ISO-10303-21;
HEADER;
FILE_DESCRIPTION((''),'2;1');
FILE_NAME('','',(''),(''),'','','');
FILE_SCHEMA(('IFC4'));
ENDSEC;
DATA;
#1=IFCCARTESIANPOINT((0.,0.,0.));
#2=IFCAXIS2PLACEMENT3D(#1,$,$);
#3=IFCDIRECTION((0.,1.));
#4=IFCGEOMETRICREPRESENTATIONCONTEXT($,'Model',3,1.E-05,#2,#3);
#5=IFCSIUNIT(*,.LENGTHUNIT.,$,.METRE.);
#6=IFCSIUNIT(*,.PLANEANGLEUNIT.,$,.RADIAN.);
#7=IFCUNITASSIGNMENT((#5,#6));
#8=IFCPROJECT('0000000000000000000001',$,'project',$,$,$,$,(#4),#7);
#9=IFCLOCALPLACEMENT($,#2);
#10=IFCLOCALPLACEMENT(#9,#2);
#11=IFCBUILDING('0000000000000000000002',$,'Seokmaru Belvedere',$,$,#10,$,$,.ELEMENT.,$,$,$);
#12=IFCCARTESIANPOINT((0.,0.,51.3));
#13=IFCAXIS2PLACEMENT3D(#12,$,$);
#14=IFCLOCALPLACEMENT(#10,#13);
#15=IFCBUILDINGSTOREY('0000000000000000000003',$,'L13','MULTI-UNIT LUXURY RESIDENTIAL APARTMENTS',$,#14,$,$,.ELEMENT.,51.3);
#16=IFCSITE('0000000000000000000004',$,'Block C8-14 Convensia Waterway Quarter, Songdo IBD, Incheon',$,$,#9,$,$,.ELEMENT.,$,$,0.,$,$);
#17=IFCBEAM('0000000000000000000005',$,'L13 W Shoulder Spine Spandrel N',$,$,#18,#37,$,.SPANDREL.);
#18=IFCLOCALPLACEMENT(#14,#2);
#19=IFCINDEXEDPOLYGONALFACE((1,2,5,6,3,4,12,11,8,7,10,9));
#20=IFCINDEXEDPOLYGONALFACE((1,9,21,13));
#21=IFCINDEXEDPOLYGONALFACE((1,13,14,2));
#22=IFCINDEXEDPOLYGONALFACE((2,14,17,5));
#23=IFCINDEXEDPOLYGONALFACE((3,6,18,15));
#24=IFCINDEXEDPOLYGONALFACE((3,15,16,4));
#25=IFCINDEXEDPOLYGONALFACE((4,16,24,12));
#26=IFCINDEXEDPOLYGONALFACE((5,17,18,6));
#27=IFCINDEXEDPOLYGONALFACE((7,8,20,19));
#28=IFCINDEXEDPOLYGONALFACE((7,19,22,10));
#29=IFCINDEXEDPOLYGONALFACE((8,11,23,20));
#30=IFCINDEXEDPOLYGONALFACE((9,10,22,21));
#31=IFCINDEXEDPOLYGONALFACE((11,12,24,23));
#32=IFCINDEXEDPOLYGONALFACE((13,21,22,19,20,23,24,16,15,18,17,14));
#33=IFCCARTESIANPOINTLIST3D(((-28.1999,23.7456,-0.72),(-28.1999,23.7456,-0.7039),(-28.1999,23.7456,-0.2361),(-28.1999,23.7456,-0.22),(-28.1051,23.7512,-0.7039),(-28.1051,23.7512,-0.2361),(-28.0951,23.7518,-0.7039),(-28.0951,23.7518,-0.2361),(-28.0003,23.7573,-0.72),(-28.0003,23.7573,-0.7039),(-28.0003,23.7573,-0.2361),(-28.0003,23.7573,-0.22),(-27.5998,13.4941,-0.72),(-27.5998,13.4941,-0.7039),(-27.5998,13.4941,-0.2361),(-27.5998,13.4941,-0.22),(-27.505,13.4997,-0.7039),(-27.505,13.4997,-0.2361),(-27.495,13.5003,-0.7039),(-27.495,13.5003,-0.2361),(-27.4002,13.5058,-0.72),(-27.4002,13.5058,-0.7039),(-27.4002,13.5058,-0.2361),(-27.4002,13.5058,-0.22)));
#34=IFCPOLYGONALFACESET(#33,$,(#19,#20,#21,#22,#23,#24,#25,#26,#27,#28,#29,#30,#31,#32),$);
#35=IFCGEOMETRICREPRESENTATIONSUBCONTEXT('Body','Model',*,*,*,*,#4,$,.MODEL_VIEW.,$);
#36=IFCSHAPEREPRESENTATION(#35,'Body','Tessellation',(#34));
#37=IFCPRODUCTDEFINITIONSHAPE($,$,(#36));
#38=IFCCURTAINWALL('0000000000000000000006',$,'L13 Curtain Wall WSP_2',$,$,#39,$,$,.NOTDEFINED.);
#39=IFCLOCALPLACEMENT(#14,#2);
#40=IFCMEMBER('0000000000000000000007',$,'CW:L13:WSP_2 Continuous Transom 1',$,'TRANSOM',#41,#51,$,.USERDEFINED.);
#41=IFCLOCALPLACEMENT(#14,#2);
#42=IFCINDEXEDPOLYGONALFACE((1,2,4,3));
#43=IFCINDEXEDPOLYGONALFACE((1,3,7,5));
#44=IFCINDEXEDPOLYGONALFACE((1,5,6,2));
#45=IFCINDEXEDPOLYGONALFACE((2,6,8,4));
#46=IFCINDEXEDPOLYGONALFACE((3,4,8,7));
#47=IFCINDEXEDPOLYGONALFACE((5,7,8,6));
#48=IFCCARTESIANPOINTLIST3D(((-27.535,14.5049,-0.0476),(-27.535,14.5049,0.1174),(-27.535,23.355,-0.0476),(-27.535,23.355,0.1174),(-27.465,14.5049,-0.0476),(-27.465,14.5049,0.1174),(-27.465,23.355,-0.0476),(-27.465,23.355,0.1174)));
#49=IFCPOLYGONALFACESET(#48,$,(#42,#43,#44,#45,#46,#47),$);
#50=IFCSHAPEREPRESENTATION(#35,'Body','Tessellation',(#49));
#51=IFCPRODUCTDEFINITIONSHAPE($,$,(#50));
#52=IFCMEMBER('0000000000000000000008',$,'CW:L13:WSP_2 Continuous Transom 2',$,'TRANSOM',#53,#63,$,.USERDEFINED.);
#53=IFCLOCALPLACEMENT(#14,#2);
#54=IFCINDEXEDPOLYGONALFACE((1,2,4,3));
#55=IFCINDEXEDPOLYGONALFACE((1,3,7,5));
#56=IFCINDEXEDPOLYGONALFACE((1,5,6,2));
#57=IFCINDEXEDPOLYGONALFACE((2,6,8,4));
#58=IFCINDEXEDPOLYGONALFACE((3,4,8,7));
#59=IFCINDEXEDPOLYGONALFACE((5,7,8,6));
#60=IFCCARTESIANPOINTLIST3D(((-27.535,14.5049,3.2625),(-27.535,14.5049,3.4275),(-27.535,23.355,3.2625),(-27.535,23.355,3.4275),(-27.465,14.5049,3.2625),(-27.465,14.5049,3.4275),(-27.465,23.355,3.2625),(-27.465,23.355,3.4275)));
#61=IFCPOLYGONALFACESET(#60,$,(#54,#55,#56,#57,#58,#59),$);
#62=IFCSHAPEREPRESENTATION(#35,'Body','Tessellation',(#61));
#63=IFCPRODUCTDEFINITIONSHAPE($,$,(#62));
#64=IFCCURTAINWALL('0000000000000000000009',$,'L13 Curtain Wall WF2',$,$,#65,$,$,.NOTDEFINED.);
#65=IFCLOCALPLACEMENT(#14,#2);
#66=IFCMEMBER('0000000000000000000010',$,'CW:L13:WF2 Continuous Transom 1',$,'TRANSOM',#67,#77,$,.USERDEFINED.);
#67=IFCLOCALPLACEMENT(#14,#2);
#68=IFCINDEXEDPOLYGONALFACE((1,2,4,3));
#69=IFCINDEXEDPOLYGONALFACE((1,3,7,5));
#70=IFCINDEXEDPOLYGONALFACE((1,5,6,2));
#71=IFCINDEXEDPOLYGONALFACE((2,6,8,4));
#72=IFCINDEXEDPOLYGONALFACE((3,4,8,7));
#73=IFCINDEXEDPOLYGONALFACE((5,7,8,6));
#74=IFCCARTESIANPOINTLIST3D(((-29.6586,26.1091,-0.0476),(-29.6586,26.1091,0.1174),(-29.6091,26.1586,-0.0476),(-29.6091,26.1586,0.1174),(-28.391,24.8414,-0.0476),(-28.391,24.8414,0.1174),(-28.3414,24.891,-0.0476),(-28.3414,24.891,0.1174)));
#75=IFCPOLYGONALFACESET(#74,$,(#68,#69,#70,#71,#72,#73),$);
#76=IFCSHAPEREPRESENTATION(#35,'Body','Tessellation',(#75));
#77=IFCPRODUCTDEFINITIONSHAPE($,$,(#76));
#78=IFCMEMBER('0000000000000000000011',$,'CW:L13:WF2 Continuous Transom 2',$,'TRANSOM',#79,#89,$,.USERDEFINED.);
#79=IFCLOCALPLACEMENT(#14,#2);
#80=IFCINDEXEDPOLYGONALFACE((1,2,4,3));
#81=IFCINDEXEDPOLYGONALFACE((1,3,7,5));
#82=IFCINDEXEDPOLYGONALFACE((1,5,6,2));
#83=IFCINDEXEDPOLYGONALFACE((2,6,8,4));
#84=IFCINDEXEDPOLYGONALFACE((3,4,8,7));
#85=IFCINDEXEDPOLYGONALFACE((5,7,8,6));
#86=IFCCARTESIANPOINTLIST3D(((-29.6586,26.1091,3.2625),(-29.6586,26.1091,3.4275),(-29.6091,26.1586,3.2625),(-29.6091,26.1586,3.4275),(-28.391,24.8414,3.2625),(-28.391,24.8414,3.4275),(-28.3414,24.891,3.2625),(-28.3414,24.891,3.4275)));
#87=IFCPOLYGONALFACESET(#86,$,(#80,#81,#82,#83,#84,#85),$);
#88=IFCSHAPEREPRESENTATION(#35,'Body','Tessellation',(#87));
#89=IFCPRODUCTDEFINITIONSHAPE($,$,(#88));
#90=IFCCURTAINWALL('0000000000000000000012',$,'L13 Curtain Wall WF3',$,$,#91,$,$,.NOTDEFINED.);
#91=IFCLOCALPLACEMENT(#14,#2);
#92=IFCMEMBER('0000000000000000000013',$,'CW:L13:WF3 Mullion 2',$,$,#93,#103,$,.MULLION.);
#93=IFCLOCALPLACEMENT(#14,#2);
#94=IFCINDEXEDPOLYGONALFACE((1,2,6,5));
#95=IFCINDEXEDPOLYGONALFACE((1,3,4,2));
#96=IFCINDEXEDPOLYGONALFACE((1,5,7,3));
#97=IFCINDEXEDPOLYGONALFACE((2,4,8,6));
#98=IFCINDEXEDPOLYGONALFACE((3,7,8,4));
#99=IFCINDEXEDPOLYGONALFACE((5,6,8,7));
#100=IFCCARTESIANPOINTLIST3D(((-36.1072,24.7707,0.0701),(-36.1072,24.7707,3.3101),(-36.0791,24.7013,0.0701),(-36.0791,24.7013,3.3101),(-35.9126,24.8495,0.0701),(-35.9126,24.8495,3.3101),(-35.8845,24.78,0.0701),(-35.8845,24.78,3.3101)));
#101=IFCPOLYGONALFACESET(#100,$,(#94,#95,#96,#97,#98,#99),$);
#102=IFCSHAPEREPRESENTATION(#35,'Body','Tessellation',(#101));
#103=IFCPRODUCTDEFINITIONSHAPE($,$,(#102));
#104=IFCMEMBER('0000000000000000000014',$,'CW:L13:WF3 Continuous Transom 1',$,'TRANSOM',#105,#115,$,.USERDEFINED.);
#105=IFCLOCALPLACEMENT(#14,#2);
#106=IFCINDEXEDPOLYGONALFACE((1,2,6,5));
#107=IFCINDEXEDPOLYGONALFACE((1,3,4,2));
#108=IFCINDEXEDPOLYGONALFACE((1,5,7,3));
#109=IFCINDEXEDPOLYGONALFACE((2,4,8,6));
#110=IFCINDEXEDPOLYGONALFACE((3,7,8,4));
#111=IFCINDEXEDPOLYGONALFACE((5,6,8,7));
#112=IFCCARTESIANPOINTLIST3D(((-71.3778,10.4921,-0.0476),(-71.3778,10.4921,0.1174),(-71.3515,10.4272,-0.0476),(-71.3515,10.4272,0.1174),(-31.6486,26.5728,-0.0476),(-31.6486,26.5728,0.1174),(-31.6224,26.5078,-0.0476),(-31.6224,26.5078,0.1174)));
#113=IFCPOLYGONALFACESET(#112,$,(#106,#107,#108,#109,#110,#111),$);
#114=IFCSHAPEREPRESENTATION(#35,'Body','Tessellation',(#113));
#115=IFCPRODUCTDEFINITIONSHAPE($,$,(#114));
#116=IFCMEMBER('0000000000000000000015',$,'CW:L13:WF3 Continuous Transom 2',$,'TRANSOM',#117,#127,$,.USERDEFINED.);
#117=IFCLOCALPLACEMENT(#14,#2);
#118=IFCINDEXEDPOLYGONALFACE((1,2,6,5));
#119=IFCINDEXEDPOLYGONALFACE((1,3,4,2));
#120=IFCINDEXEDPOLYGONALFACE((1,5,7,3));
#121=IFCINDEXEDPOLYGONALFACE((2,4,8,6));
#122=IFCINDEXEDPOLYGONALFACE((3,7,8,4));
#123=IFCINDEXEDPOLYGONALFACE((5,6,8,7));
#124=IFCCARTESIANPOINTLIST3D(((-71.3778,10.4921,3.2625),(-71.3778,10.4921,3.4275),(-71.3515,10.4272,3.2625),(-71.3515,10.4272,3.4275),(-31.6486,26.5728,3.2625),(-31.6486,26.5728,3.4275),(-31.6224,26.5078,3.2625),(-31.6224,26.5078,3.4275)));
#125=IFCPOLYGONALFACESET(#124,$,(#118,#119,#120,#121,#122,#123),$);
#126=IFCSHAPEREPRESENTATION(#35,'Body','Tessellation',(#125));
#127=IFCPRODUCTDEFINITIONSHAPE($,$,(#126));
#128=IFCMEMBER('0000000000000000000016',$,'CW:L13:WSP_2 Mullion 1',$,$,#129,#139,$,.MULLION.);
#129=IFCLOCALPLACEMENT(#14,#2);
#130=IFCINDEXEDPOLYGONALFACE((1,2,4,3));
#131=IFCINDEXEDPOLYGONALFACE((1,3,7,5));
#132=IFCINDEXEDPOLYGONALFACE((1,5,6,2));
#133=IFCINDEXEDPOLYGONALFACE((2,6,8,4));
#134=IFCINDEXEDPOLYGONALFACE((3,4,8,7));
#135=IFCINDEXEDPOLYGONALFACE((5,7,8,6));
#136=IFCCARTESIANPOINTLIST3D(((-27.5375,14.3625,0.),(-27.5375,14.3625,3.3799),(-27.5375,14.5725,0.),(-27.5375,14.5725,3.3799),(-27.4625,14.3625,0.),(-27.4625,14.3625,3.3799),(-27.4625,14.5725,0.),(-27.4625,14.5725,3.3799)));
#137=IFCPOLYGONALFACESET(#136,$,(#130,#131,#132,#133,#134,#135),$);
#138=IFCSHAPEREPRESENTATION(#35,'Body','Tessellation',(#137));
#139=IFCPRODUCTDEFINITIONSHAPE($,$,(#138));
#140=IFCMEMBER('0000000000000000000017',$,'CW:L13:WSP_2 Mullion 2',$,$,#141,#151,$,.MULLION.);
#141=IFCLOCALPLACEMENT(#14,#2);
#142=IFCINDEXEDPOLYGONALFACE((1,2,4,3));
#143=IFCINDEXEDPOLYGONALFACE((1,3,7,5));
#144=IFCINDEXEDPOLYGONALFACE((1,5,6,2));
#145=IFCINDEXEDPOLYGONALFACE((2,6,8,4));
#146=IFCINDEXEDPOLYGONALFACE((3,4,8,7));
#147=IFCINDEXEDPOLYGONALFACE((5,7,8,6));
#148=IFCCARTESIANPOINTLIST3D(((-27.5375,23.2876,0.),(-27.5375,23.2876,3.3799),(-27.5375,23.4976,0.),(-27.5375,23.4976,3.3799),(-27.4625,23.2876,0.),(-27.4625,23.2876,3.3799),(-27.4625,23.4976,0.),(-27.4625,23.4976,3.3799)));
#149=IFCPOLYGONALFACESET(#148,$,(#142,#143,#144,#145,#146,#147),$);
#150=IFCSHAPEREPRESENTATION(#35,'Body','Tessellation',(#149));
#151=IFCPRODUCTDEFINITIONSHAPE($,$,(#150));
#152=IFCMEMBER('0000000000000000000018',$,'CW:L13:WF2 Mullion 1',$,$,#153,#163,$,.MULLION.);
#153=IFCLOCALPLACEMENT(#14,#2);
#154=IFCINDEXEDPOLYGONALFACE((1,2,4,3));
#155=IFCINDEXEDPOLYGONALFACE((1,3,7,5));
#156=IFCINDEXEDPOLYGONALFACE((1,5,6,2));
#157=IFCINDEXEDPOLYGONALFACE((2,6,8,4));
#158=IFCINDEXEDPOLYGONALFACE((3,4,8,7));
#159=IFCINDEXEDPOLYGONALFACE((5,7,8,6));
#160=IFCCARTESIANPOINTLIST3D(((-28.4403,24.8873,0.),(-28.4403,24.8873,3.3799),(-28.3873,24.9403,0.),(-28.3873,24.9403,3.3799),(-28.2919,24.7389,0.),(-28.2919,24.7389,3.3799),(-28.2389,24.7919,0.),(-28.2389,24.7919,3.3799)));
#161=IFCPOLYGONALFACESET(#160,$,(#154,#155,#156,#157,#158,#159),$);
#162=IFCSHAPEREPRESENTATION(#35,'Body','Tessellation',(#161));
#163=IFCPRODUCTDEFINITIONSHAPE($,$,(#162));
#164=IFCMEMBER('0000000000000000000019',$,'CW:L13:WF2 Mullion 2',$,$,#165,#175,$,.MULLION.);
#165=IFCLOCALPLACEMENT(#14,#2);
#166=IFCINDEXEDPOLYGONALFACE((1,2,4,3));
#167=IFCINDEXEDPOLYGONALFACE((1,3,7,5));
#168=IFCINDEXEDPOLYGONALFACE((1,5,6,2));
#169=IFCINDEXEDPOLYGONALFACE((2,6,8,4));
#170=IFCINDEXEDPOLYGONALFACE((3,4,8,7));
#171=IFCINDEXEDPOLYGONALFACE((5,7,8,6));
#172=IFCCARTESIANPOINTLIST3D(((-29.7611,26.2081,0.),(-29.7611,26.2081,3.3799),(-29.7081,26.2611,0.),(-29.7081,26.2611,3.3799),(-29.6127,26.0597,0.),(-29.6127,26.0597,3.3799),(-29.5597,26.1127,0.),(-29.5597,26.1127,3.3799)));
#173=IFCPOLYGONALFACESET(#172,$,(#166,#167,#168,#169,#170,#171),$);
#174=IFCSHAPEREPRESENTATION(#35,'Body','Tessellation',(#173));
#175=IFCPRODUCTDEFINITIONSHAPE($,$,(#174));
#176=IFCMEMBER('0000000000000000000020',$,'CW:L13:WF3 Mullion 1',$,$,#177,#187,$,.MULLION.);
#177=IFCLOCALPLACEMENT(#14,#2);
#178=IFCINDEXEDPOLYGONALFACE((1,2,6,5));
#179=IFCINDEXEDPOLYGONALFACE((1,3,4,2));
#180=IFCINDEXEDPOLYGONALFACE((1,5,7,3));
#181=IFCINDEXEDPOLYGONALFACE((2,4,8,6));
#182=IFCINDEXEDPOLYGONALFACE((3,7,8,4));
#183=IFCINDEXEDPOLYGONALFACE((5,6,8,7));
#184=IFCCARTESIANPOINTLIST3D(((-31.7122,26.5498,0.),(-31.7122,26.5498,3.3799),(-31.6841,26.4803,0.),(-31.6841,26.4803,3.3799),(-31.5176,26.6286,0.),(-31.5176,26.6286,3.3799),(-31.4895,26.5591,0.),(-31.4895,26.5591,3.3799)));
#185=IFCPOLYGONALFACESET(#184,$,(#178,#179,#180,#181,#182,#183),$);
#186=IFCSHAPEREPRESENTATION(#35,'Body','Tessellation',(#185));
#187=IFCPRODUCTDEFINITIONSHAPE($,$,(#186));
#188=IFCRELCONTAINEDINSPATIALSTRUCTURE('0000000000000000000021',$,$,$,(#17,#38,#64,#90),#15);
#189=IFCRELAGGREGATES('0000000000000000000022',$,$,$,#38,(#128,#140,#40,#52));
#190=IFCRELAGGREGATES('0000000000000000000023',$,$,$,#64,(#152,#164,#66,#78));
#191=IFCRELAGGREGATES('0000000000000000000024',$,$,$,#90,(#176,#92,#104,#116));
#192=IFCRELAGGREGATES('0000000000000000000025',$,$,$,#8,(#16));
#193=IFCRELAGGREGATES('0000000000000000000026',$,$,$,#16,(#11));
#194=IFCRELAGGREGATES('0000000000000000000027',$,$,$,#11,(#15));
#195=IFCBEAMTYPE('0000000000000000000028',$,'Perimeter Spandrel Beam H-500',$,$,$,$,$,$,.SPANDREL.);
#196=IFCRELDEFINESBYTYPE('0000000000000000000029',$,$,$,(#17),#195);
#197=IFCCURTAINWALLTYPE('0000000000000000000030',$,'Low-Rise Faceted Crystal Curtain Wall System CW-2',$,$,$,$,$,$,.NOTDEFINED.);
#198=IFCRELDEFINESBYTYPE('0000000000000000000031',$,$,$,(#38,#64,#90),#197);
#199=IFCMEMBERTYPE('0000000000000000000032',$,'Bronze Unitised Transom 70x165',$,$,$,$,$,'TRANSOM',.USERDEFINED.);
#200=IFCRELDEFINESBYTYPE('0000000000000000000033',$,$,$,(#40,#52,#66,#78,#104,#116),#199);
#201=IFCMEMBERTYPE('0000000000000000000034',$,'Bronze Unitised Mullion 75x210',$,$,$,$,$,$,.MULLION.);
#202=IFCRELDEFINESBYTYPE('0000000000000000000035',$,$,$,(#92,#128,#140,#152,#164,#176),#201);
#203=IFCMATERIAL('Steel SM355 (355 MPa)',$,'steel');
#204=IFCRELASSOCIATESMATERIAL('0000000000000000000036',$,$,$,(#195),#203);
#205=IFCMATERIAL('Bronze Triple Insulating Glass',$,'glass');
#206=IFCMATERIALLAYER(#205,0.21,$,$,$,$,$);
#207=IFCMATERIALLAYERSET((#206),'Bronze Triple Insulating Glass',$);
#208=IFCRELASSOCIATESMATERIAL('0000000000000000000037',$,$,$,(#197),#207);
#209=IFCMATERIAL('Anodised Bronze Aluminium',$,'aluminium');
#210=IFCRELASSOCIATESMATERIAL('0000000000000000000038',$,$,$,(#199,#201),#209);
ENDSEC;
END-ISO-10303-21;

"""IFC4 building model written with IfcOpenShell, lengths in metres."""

from ifc_helpers import new_model, si_unit, direction, frame, origin, origin_2d, place, context, subcontext, project, spatial, rectangle, i_section, extrude, source, transform, mapped, material, layer, layer_set, material_profile, profile_set, type_object, type_shapes, element, aggregate, save


model = new_model("IFC4")

# Units and contexts
model_context = context("Model", 3, precision=1e-05, world=origin(), true_north=direction((0.0, 1.0)))
body_context = subcontext(model_context, "Body", "Model", "MODEL_VIEW")
ifc_project = project(units=[si_unit("LENGTHUNIT", "METRE"), si_unit("PLANEANGLEUNIT", "RADIAN")], contexts=[model_context])

# Site, building, storey
site_placement = place(None, origin())
site = spatial("IfcSite", under=ifc_project, at=site_placement, Name="Block C8-14 Convensia Waterway Quarter, Songdo IBD, Incheon", CompositionType="ELEMENT", RefElevation=0.0)
building_placement = place(site_placement, origin())
building = spatial("IfcBuilding", under=site, at=building_placement, Name="Seokmaru Belvedere", CompositionType="ELEMENT")
storey_placement = place(building_placement, frame((0.0, 0.0, 51.3)))
storey = spatial("IfcBuildingStorey", under=building, at=storey_placement, Name="L13", Description="MULTI-UNIT LUXURY RESIDENTIAL APARTMENTS", CompositionType="ELEMENT", Elevation=51.3)

# Shared definitions
ifc_material_1 = material(Name="Steel SM355 (355 MPa)", Category="steel")

# Beam
ifc_material_profile_1 = material_profile(ifc_material_1, i_section(OverallWidth=0.2, OverallDepth=0.5, WebThickness=0.01, FlangeThickness=0.0161, at=origin_2d()), Name="H-500x200x10x16")
ifc_profile_set_1 = profile_set([ifc_material_profile_1], Name="Steel SM355 (355 MPa)")
beam_type_1 = type_object("IfcBeamType", Name="Perimeter Spandrel Beam H-500", PredefinedType="SPANDREL", material=ifc_profile_set_1)
shared_shape_1 = source(origin(), body_context, "Body", "SweptSolid", [
    extrude(i_section(OverallWidth=0.2, OverallDepth=0.5, WebThickness=0.01, FlangeThickness=0.0161, at=origin_2d()), origin(), (0.0, 0.0, 1.0), 10.269),
])
beam_1_placement = place(storey_placement, frame((-28.1001, 23.7515, -0.47), z_axis=(0.058438, -0.998291, 0.0), x_axis=(0.998291, 0.058438, 0.0)))
element("IfcBeam", 1, at=beam_1_placement, inside=storey, type_object=beam_type_1, Name="L13 W Shoulder Spine Spandrel N", PredefinedType="SPANDREL", context=body_context, shape_type="MappedRepresentation", body=[
    mapped(shared_shape_1, transform((0.0, 0.0, 0.0), scale=1.0)),
])

# Curtain walls, members
ifc_material_2 = material(Name="Bronze Triple Insulating Glass", Category="glass")
ifc_layer_1 = layer(ifc_material_2, 0.21)
ifc_layer_set_1 = layer_set([ifc_layer_1], Name="Bronze Triple Insulating Glass")
curtain_wall_type = type_object("IfcCurtainWallType", Name="Low-Rise Faceted Crystal Curtain Wall System CW-2", PredefinedType="NOTDEFINED", material=ifc_layer_set_1)
curtain_wall_1_placement = place(storey_placement, origin())
curtain_wall_1 = element("IfcCurtainWall", 2, at=curtain_wall_1_placement, inside=storey, type_object=curtain_wall_type, Name="L13 Curtain Wall WSP_2", PredefinedType="NOTDEFINED")
ifc_material_3 = material(Name="Anodised Bronze Aluminium", Category="aluminium")
ifc_material_profile_2 = material_profile(ifc_material_3, rectangle(XDim=0.0701, YDim=0.165, at=origin_2d()), Name="CW-T-70x165")
ifc_profile_set_2 = profile_set([ifc_material_profile_2], Name="Anodised Bronze Aluminium")
member_type_1 = type_object("IfcMemberType", Name="Bronze Unitised Transom 70x165", ElementType="TRANSOM", PredefinedType="USERDEFINED", material=ifc_profile_set_2)
shared_shape_2 = source(origin(), body_context, "Body", "SweptSolid", [
    extrude(rectangle(XDim=0.0701, YDim=0.165, at=origin_2d()), origin(), (0.0, 0.0, 1.0), 8.8501),
])
member_1_placement = place(storey_placement, frame((-27.5, 14.5049, 0.0349), z_axis=(0.0, 1.0, 0.0), x_axis=(-1.0, 0.0, 0.0)))
member_1 = element("IfcMember", 3, at=member_1_placement, type_object=member_type_1, Name="CW:L13:WSP_2 Continuous Transom 1", ObjectType="TRANSOM", PredefinedType="USERDEFINED", context=body_context, shape_type="MappedRepresentation", body=[
    mapped(shared_shape_2, transform((0.0, 0.0, 0.0), scale=1.0)),
])
member_2_placement = place(storey_placement, frame((-27.5, 14.5049, 3.345), z_axis=(0.0, 1.0, 0.0), x_axis=(-1.0, 0.0, 0.0)))
member_2 = element("IfcMember", 4, at=member_2_placement, type_object=member_type_1, Name="CW:L13:WSP_2 Continuous Transom 2", ObjectType="TRANSOM", PredefinedType="USERDEFINED", context=body_context, shape_type="MappedRepresentation", body=[
    mapped(shared_shape_2, transform((0.0, 0.0, 0.0), scale=1.0)),
])
curtain_wall_2_placement = place(storey_placement, origin())
curtain_wall_2 = element("IfcCurtainWall", 5, at=curtain_wall_2_placement, inside=storey, type_object=curtain_wall_type, Name="L13 Curtain Wall WF2", PredefinedType="NOTDEFINED")
shared_shape_3 = source(origin(), body_context, "Body", "SweptSolid", [
    extrude(rectangle(XDim=0.0701, YDim=0.165, at=origin_2d()), origin(), (0.0, 0.0, 1.0), 1.7927),
])
member_3_placement = place(storey_placement, frame((-28.3662, 24.8662, 0.0349), z_axis=(-0.707107, 0.707107, 0.0), x_axis=(-0.707107, -0.707107, 0.0)))
member_3 = element("IfcMember", 6, at=member_3_placement, type_object=member_type_1, Name="CW:L13:WF2 Continuous Transom 1", ObjectType="TRANSOM", PredefinedType="USERDEFINED", context=body_context, shape_type="MappedRepresentation", body=[
    mapped(shared_shape_3, transform((0.0, 0.0, 0.0), scale=1.0)),
])
member_4_placement = place(storey_placement, frame((-28.3662, 24.8662, 3.345), z_axis=(-0.707107, 0.707107, 0.0), x_axis=(-0.707107, -0.707107, 0.0)))
member_4 = element("IfcMember", 7, at=member_4_placement, type_object=member_type_1, Name="CW:L13:WF2 Continuous Transom 2", ObjectType="TRANSOM", PredefinedType="USERDEFINED", context=body_context, shape_type="MappedRepresentation", body=[
    mapped(shared_shape_3, transform((0.0, 0.0, 0.0), scale=1.0)),
])
curtain_wall_3_placement = place(storey_placement, origin())
curtain_wall_3 = element("IfcCurtainWall", 8, at=curtain_wall_3_placement, inside=storey, type_object=curtain_wall_type, Name="L13 Curtain Wall WF3", PredefinedType="NOTDEFINED")
ifc_material_profile_3 = material_profile(ifc_material_3, rectangle(XDim=0.075, YDim=0.21, at=origin_2d()), Name="CW-M-75x210")
ifc_profile_set_3 = profile_set([ifc_material_profile_3], Name="Anodised Bronze Aluminium")
member_type_2 = type_object("IfcMemberType", Name="Bronze Unitised Mullion 75x210", PredefinedType="MULLION", material=ifc_profile_set_3)
shared_shape_4 = source(origin(), body_context, "Body", "SweptSolid", [
    extrude(rectangle(XDim=0.075, YDim=0.21, at=origin_2d()), origin(), (0.0, 0.0, 1.0), 3.24),
])
member_5_placement = place(storey_placement, frame((-35.9958, 24.7754, 0.0701), z_axis=(0.0, 0.0, 1.0), x_axis=(0.375192, -0.926947, 0.0)))
member_5 = element("IfcMember", 9, at=member_5_placement, type_object=member_type_2, Name="CW:L13:WF3 Mullion 2", PredefinedType="MULLION", context=body_context, shape_type="MappedRepresentation", body=[
    mapped(shared_shape_4, transform((0.0, 0.0, 0.0), scale=1.0)),
])
shared_shape_5 = source(origin(), body_context, "Body", "SweptSolid", [
    extrude(rectangle(XDim=0.0701, YDim=0.165, at=origin_2d()), origin(), (0.0, 0.0, 1.0), 42.8601),
])
type_shapes(member_type_1, [shared_shape_2, shared_shape_3, shared_shape_5])
member_6_placement = place(storey_placement, frame((-31.6355, 26.5403, 0.0349), z_axis=(-0.926949, -0.375188, 0.0), x_axis=(0.375188, -0.926949, 0.0)))
member_6 = element("IfcMember", 10, at=member_6_placement, type_object=member_type_1, Name="CW:L13:WF3 Continuous Transom 1", ObjectType="TRANSOM", PredefinedType="USERDEFINED", context=body_context, shape_type="MappedRepresentation", body=[
    mapped(shared_shape_5, transform((0.0, 0.0, 0.0), scale=1.0)),
])
member_7_placement = place(storey_placement, frame((-31.6355, 26.5403, 3.345), z_axis=(-0.926949, -0.375188, 0.0), x_axis=(0.375188, -0.926949, 0.0)))
member_7 = element("IfcMember", 11, at=member_7_placement, type_object=member_type_1, Name="CW:L13:WF3 Continuous Transom 2", ObjectType="TRANSOM", PredefinedType="USERDEFINED", context=body_context, shape_type="MappedRepresentation", body=[
    mapped(shared_shape_5, transform((0.0, 0.0, 0.0), scale=1.0)),
])

# Members
shared_shape_6 = source(origin(), body_context, "Body", "SweptSolid", [
    extrude(rectangle(XDim=0.075, YDim=0.21, at=origin_2d()), origin(), (0.0, 0.0, 1.0), 3.3799),
])
type_shapes(member_type_2, [shared_shape_4, shared_shape_6])
member_8_placement = place(storey_placement, frame((-27.5, 14.4675, 0.0), z_axis=(0.0, 0.0, 1.0), x_axis=(-1.0, 0.0, 0.0)))
member_8 = element("IfcMember", 12, at=member_8_placement, type_object=member_type_2, Name="CW:L13:WSP_2 Mullion 1", PredefinedType="MULLION", context=body_context, shape_type="MappedRepresentation", body=[
    mapped(shared_shape_6, transform((0.0, 0.0, 0.0), scale=1.0)),
])
member_9_placement = place(storey_placement, frame((-27.5, 23.3926, 0.0), z_axis=(0.0, 0.0, 1.0), x_axis=(-1.0, 0.0, 0.0)))
member_9 = element("IfcMember", 13, at=member_9_placement, type_object=member_type_2, Name="CW:L13:WSP_2 Mullion 2", PredefinedType="MULLION", context=body_context, shape_type="MappedRepresentation", body=[
    mapped(shared_shape_6, transform((0.0, 0.0, 0.0), scale=1.0)),
])
member_10_placement = place(storey_placement, frame((-28.3396, 24.8396, 0.0), z_axis=(0.0, 0.0, 1.0), x_axis=(-0.707107, -0.707107, 0.0)))
member_10 = element("IfcMember", 14, at=member_10_placement, type_object=member_type_2, Name="CW:L13:WF2 Mullion 1", PredefinedType="MULLION", context=body_context, shape_type="MappedRepresentation", body=[
    mapped(shared_shape_6, transform((0.0, 0.0, 0.0), scale=1.0)),
])
member_11_placement = place(storey_placement, frame((-29.6604, 26.1604, 0.0), z_axis=(0.0, 0.0, 1.0), x_axis=(-0.707107, -0.707107, 0.0)))
member_11 = element("IfcMember", 15, at=member_11_placement, type_object=member_type_2, Name="CW:L13:WF2 Mullion 2", PredefinedType="MULLION", context=body_context, shape_type="MappedRepresentation", body=[
    mapped(shared_shape_6, transform((0.0, 0.0, 0.0), scale=1.0)),
])
member_12_placement = place(storey_placement, frame((-31.6008, 26.5544, 0.0), z_axis=(0.0, 0.0, 1.0), x_axis=(0.375192, -0.926947, 0.0)))
member_12 = element("IfcMember", 16, at=member_12_placement, type_object=member_type_2, Name="CW:L13:WF3 Mullion 1", PredefinedType="MULLION", context=body_context, shape_type="MappedRepresentation", body=[
    mapped(shared_shape_6, transform((0.0, 0.0, 0.0), scale=1.0)),
])

aggregate(curtain_wall_1, [member_8, member_9, member_1, member_2])
aggregate(curtain_wall_2, [member_10, member_11, member_3, member_4])
aggregate(curtain_wall_3, [member_12, member_5, member_6, member_7])

save(model, "model.ifc")
